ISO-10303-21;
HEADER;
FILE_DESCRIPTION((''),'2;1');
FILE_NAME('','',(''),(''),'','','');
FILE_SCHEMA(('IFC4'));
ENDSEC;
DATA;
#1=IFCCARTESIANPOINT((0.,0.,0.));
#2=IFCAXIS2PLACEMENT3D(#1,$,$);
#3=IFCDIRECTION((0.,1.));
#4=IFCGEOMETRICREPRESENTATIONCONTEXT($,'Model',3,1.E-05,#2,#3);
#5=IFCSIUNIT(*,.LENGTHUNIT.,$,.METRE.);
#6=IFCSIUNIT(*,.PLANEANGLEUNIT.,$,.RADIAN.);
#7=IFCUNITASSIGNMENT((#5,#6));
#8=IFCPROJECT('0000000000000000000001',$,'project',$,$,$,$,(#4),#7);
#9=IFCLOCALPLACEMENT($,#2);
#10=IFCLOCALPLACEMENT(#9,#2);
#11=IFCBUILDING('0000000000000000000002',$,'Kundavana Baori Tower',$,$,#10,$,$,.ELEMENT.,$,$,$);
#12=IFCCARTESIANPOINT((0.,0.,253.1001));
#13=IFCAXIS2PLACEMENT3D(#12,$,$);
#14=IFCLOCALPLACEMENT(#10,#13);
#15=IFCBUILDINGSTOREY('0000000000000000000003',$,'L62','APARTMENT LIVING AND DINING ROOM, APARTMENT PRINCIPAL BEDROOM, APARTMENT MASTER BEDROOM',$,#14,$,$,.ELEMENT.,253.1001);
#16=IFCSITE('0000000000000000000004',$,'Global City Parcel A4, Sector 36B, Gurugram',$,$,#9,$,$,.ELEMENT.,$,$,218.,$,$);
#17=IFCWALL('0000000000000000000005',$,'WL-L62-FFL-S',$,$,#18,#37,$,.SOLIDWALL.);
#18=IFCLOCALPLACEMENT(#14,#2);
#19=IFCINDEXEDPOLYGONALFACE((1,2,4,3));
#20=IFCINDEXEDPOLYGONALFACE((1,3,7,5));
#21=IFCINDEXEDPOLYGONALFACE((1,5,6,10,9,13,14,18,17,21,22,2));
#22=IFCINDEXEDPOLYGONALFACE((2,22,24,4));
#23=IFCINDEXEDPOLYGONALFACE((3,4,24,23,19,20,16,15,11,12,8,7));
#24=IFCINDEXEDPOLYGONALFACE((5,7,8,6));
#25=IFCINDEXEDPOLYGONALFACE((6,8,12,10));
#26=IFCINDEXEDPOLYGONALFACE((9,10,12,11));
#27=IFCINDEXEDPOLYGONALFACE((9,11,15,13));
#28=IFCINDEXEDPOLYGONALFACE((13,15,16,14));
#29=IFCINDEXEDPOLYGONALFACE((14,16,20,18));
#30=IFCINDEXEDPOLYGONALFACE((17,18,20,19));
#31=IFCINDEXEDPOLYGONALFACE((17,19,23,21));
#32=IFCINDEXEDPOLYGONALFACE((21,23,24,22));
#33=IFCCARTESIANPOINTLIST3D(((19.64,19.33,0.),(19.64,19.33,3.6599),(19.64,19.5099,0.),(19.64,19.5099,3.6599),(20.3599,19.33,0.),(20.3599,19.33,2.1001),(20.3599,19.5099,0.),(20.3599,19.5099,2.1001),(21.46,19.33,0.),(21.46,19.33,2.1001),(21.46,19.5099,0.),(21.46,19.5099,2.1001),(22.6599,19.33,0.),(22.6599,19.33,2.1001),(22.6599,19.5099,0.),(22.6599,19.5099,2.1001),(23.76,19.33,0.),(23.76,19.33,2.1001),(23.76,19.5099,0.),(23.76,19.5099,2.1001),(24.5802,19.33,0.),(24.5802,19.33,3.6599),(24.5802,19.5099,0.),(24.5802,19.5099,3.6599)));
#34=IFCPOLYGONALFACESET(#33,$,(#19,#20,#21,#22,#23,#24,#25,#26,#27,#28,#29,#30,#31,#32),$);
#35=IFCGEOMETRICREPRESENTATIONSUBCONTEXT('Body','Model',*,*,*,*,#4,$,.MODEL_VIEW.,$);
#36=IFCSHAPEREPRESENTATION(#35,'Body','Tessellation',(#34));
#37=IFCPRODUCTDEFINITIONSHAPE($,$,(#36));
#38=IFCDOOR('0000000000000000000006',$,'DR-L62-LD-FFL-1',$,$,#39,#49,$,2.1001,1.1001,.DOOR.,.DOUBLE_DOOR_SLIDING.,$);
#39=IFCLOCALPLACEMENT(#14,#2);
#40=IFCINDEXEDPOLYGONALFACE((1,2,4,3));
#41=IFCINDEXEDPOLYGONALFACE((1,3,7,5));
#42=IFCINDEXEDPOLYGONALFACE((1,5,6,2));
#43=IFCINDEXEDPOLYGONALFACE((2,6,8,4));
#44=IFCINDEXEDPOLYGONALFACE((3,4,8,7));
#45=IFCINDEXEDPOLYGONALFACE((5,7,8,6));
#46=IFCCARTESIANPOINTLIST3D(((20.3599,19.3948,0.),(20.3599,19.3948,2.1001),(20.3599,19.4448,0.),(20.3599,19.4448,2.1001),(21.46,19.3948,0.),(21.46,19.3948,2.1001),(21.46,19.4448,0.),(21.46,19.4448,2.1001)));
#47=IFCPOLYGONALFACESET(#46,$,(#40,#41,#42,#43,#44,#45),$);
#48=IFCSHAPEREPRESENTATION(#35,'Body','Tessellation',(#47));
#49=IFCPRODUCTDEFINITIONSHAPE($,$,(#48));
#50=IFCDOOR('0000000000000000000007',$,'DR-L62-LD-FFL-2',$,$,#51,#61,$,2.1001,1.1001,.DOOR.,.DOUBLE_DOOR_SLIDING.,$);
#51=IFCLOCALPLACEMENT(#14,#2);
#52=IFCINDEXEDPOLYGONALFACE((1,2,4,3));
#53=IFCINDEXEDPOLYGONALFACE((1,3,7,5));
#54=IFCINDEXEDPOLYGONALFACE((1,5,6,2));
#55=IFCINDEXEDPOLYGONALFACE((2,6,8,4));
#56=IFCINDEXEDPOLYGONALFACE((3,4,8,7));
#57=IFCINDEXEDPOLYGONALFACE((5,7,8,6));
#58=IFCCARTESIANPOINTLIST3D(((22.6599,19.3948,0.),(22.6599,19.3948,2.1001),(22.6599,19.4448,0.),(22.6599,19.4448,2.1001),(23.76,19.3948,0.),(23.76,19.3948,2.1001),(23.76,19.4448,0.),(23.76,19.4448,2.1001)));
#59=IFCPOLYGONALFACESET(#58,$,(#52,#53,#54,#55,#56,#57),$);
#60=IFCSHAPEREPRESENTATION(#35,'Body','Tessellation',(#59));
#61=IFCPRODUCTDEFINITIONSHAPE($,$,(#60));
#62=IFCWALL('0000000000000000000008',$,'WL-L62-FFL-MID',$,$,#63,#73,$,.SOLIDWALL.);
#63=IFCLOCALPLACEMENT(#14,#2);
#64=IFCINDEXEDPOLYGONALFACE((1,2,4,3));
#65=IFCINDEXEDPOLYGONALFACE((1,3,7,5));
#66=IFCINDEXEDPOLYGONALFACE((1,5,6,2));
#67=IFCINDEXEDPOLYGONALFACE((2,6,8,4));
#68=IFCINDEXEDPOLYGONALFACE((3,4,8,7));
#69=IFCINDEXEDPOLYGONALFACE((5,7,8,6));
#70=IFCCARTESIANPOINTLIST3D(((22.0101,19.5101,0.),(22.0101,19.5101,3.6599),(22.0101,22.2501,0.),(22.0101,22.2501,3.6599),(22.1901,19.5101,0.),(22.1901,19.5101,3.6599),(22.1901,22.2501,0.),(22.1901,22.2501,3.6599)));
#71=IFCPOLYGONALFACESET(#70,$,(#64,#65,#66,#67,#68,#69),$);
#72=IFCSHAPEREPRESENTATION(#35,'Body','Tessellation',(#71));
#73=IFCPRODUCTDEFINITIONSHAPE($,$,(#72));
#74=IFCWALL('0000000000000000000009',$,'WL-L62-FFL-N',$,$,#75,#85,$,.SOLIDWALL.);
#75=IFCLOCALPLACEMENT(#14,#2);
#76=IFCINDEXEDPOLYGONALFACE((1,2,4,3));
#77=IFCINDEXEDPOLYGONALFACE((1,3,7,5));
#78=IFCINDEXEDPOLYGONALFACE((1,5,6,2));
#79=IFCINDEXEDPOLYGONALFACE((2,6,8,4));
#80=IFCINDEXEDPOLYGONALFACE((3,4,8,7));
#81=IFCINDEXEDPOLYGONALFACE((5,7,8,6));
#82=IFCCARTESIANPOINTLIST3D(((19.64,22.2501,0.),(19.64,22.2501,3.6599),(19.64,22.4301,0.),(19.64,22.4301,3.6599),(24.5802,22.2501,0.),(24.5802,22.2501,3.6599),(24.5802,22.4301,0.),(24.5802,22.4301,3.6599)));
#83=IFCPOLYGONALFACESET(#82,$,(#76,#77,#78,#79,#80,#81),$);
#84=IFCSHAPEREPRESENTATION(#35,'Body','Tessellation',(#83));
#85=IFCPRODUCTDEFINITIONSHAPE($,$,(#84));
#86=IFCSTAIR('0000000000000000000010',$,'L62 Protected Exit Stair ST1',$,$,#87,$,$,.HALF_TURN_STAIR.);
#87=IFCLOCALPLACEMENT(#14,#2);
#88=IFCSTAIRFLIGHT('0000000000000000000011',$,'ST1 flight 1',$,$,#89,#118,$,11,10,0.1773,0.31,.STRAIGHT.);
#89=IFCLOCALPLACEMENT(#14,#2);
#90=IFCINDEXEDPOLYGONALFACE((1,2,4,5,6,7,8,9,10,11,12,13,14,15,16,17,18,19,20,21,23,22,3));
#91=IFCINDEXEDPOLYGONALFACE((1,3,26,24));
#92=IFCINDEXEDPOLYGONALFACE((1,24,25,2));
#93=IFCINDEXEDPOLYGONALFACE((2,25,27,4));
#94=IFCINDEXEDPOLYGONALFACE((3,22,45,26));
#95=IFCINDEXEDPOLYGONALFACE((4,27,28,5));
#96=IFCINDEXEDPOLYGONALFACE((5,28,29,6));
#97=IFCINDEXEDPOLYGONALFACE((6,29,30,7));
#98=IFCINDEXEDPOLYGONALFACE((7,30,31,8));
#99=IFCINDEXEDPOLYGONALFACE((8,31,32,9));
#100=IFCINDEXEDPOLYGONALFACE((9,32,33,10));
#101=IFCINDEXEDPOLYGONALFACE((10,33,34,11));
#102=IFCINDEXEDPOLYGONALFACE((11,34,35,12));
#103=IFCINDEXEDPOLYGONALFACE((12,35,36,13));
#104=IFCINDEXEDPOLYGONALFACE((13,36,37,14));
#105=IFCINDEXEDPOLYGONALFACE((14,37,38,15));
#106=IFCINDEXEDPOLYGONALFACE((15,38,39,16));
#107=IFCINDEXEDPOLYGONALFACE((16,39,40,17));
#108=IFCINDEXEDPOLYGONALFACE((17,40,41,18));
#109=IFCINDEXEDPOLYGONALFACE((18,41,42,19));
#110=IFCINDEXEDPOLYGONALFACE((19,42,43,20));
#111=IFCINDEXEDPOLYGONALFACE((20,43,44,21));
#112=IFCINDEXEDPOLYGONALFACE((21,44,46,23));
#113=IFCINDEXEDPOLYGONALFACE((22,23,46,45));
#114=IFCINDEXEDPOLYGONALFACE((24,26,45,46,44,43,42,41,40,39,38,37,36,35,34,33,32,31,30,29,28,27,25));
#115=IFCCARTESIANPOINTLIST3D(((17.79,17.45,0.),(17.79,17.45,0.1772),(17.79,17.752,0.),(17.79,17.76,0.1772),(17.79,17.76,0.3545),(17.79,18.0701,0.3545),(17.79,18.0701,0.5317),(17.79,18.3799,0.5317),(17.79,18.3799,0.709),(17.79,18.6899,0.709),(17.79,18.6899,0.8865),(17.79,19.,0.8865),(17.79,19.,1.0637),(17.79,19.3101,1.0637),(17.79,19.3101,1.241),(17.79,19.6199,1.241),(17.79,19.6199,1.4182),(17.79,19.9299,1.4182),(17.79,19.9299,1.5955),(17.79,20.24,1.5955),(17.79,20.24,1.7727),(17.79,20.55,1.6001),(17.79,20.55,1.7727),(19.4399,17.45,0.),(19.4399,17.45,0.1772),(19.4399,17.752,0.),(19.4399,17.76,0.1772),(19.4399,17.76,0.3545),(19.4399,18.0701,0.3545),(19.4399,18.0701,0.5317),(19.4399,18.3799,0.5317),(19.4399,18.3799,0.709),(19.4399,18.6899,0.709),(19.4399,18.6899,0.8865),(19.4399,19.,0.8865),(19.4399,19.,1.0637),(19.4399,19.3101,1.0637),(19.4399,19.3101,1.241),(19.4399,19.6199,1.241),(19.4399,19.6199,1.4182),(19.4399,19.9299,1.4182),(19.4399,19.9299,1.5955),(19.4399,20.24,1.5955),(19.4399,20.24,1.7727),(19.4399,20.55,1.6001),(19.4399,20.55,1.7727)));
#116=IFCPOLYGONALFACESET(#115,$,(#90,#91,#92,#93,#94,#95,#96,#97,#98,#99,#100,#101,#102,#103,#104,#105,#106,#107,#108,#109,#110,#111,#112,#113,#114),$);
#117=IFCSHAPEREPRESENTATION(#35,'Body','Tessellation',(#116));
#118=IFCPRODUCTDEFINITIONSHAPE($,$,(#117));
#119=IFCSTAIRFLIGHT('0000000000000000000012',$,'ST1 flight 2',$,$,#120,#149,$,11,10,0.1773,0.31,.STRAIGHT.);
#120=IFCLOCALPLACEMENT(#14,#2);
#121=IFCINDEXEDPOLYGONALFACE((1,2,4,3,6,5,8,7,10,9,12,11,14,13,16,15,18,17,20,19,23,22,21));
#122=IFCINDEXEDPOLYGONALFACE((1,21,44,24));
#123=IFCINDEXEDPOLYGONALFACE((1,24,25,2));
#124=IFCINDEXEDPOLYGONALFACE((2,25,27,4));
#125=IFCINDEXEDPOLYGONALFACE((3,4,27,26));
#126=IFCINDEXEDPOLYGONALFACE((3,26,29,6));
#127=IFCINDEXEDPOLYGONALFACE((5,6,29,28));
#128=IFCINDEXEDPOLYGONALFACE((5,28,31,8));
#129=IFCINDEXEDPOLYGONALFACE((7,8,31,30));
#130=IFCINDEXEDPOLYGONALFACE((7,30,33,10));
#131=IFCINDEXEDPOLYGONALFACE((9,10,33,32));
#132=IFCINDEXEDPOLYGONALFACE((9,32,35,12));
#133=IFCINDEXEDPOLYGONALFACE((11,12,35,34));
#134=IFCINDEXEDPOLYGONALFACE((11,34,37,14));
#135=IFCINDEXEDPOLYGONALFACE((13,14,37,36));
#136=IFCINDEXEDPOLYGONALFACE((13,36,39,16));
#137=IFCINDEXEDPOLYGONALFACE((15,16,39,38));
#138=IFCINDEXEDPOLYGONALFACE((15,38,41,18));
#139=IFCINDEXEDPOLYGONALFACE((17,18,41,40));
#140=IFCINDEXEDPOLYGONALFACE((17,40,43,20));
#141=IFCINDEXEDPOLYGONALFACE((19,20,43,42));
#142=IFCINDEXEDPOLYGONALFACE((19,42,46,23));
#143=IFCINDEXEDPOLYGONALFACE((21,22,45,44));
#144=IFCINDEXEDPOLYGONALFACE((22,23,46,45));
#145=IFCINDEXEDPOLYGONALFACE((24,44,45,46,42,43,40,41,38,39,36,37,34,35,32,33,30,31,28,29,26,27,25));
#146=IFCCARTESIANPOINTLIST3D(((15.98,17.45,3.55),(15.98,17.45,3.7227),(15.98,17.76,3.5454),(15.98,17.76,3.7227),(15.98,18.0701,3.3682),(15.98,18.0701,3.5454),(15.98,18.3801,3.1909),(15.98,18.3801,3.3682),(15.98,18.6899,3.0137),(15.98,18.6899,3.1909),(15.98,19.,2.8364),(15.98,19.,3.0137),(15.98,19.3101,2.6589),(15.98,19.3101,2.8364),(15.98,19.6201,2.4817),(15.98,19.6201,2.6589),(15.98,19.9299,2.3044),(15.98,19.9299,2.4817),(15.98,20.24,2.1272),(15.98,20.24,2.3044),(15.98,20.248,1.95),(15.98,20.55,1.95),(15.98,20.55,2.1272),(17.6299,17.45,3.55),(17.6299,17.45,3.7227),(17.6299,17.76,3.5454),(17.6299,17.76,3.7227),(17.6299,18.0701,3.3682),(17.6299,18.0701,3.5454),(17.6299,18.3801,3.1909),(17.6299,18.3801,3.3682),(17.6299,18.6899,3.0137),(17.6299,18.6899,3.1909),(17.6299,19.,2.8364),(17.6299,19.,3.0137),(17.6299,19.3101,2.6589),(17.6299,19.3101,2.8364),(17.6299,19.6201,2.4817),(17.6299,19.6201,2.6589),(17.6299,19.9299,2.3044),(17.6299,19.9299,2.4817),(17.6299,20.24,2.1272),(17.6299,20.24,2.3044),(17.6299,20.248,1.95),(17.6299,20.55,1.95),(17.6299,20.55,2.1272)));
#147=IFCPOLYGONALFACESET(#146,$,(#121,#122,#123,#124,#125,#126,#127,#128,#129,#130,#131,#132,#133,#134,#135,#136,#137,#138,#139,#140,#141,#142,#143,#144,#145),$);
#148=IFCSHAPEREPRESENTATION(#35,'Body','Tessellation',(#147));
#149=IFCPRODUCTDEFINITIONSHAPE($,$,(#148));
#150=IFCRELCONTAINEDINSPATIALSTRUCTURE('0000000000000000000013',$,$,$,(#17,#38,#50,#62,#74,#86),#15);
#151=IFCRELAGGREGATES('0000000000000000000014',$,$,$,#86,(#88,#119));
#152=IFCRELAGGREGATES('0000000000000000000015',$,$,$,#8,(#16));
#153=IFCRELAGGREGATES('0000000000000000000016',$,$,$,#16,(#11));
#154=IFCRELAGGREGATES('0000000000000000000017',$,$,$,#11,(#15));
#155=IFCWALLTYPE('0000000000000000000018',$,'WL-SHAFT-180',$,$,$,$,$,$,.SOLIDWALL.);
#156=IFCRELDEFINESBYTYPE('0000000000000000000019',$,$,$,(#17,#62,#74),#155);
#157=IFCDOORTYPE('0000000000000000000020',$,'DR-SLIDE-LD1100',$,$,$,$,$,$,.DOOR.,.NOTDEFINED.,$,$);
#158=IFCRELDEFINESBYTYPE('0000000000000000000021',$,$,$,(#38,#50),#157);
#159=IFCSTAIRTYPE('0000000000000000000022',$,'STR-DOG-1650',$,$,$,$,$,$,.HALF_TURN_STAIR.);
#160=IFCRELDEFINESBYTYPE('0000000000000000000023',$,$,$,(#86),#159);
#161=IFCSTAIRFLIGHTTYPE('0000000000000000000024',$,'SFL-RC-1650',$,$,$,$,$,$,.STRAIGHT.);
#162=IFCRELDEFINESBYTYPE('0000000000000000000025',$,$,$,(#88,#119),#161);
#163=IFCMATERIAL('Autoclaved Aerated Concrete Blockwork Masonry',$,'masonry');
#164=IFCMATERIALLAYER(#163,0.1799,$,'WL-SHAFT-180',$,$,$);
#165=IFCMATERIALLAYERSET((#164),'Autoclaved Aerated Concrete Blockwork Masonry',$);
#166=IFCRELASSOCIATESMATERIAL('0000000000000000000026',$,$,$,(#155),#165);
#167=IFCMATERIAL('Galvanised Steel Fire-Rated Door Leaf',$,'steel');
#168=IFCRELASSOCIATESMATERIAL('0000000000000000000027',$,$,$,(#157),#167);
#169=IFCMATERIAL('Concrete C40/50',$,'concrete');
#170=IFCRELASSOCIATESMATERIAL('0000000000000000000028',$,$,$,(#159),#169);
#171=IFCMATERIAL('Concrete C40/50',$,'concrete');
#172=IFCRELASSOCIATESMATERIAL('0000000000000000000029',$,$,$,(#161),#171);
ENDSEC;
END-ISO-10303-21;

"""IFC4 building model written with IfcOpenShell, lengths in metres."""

from ifc_helpers import new_model, si_unit, direction, frame, frame_2d, origin, place, context, subcontext, project, spatial, polyline, rectangle, outline, extrude, material, layer, layer_set, type_object, element, fill, aggregate, save


model = new_model("IFC4")

# Units and contexts
model_context = context("Model", 3, precision=1e-05, world=origin(), true_north=direction((0.0, 1.0)))
body_context = subcontext(model_context, "Body", "Model", "MODEL_VIEW")
ifc_project = project(units=[si_unit("LENGTHUNIT", "METRE"), si_unit("PLANEANGLEUNIT", "RADIAN")], contexts=[model_context])

# Site, building, storey
site_placement = place(None, origin())
site = spatial("IfcSite", under=ifc_project, at=site_placement, Name="Global City Parcel A4, Sector 36B, Gurugram", CompositionType="ELEMENT", RefElevation=218.0)
building_placement = place(site_placement, origin())
building = spatial("IfcBuilding", under=site, at=building_placement, Name="Kundavana Baori Tower", CompositionType="ELEMENT")
storey_placement = place(building_placement, frame((0.0, 0.0, 253.1001)))
storey = spatial("IfcBuildingStorey", under=building, at=storey_placement, Name="L62", Description="APARTMENT LIVING AND DINING ROOM, APARTMENT PRINCIPAL BEDROOM, APARTMENT MASTER BEDROOM", CompositionType="ELEMENT", Elevation=253.1001)

# Wall, openings, doors
ifc_material_1 = material(Name="Autoclaved Aerated Concrete Blockwork Masonry", Category="masonry")
ifc_layer_1 = layer(ifc_material_1, 0.1799, Name="WL-SHAFT-180")
ifc_layer_set_1 = layer_set([ifc_layer_1], Name="Autoclaved Aerated Concrete Blockwork Masonry")
wall_type_1 = type_object("IfcWallType", Name="WL-SHAFT-180", PredefinedType="SOLIDWALL", material=ifc_layer_set_1)
wall_1_placement = place(storey_placement, frame((19.6399, 19.4199, 0.0), z_axis=(0.0, 0.0, 1.0), x_axis=(1.0, 0.0, 0.0)))
wall_1 = element("IfcWall", 1, at=wall_1_placement, inside=storey, type_object=wall_type_1, Name="WL-L62-FFL-S", PredefinedType="SOLIDWALL", context=body_context, shape_type="SweptSolid", body=[
    extrude(rectangle(XDim=4.9402, YDim=0.1799, at=frame_2d((2.4702, 0.0))), origin(), (0.0, 0.0, 1.0), 3.6599),
])
opening_1_placement = place(wall_1_placement, frame((0.72, 0.0, 0.0)))
opening_1 = element("IfcOpeningElement", 2, at=opening_1_placement, cuts=wall_1, PredefinedType="OPENING", context=body_context, shape_type="SweptSolid", body=[
    extrude(rectangle(XDim=1.1001, YDim=2.1001, at=frame_2d((0.55, 1.05))), frame((0.0, 0.1001, 0.0), z_axis=(0.0, -1.0, 0.0), x_axis=(1.0, 0.0, 0.0)), (0.0, 0.0, 1.0), 0.2),
])
opening_2_placement = place(wall_1_placement, frame((3.02, 0.0, 0.0)))
opening_2 = element("IfcOpeningElement", 3, at=opening_2_placement, cuts=wall_1, PredefinedType="OPENING", context=body_context, shape_type="SweptSolid", body=[
    extrude(rectangle(XDim=1.1001, YDim=2.1001, at=frame_2d((0.55, 1.05))), frame((0.0, 0.1001, 0.0), z_axis=(0.0, -1.0, 0.0), x_axis=(1.0, 0.0, 0.0)), (0.0, 0.0, 1.0), 0.2),
])
ifc_material_2 = material(Name="Galvanised Steel Fire-Rated Door Leaf", Category="steel")
door_type_1 = type_object("IfcDoorType", Name="DR-SLIDE-LD1100", OperationType="NOTDEFINED", PredefinedType="DOOR", material=ifc_material_2)
door_1_placement = place(opening_1_placement, origin())
door_1 = element("IfcDoor", 4, at=door_1_placement, inside=storey, type_object=door_type_1, Name="DR-L62-LD-FFL-1", OperationType="DOUBLE_DOOR_SLIDING", OverallHeight=2.1001, OverallWidth=1.1001, PredefinedType="DOOR", context=body_context, shape_type="SweptSolid", body=[
    extrude(rectangle(XDim=1.1001, YDim=2.1001, at=frame_2d((0.55, 1.05))), frame((0.0, 0.0249, 0.0), z_axis=(0.0, -1.0, 0.0), x_axis=(1.0, 0.0, 0.0)), (0.0, 0.0, 1.0), 0.05),
])
fill(opening_1, door_1)
door_2_placement = place(opening_2_placement, origin())
door_2 = element("IfcDoor", 5, at=door_2_placement, inside=storey, type_object=door_type_1, Name="DR-L62-LD-FFL-2", OperationType="DOUBLE_DOOR_SLIDING", OverallHeight=2.1001, OverallWidth=1.1001, PredefinedType="DOOR", context=body_context, shape_type="SweptSolid", body=[
    extrude(rectangle(XDim=1.1001, YDim=2.1001, at=frame_2d((0.55, 1.05))), frame((0.0, 0.0249, 0.0), z_axis=(0.0, -1.0, 0.0), x_axis=(1.0, 0.0, 0.0)), (0.0, 0.0, 1.0), 0.05),
])
fill(opening_2, door_2)

# Walls
wall_2_placement = place(storey_placement, frame((22.1001, 19.51, 0.0), z_axis=(0.0, 0.0, 1.0), x_axis=(0.0, 1.0, 0.0)))
element("IfcWall", 6, at=wall_2_placement, inside=storey, type_object=wall_type_1, Name="WL-L62-FFL-MID", PredefinedType="SOLIDWALL", context=body_context, shape_type="SweptSolid", body=[
    extrude(rectangle(XDim=2.74, YDim=0.1799, at=frame_2d((1.3701, 0.0))), origin(), (0.0, 0.0, 1.0), 3.6599),
])
wall_3_placement = place(storey_placement, frame((19.6399, 22.3401, 0.0), z_axis=(0.0, 0.0, 1.0), x_axis=(1.0, 0.0, 0.0)))
element("IfcWall", 7, at=wall_3_placement, inside=storey, type_object=wall_type_1, Name="WL-L62-FFL-N", PredefinedType="SOLIDWALL", context=body_context, shape_type="SweptSolid", body=[
    extrude(rectangle(XDim=4.9402, YDim=0.1799, at=frame_2d((2.4702, 0.0))), origin(), (0.0, 0.0, 1.0), 3.6599),
])

# Stair, stair flights
ifc_material_3 = material(Name="Concrete C40/50", Category="concrete")
stair_type = type_object("IfcStairType", Name="STR-DOG-1650", PredefinedType="HALF_TURN_STAIR", material=ifc_material_3)
stair_placement = place(storey_placement, origin())
stair = element("IfcStair", 8, at=stair_placement, inside=storey, type_object=stair_type, Name="L62 Protected Exit Stair ST1", PredefinedType="HALF_TURN_STAIR")
ifc_material_4 = material(Name="Concrete C40/50", Category="concrete")
stair_flight_type = type_object("IfcStairFlightType", Name="SFL-RC-1650", PredefinedType="STRAIGHT", material=ifc_material_4)
stair_flight_1_placement = place(storey_placement, frame((18.615, 17.45, 0.0), z_axis=(0.0, 0.0, 1.0), x_axis=(0.0, 1.0, 0.0)))
stair_flight_1 = element("IfcStairFlight", 9, at=stair_flight_1_placement, type_object=stair_flight_type, Name="ST1 flight 1", NumberOfRisers=11, NumberOfTreads=10, PredefinedType="STRAIGHT", RiserHeight=0.1773, TreadLength=0.31, context=body_context, shape_type="SweptSolid", body=[
    extrude(outline(polyline([(0.0, 0.0), (0.0, 0.1772), (0.3101, 0.1772), (0.3101, 0.3545), (0.6201, 0.3545), (0.6201, 0.5317), (0.9299, 0.5317), (0.9299, 0.709), (1.24, 0.709), (1.24, 0.8865), (1.55, 0.8865), (1.55, 1.0637), (1.8601, 1.0637), (1.8601, 1.241), (2.1699, 1.241), (2.1699, 1.4182), (2.48, 1.4182), (2.48, 1.5955), (2.79, 1.5955), (2.79, 1.7727), (3.1001, 1.7727), (3.1001, 1.95), (3.1001, 1.6001), (0.302, 0.0), (0.0, 0.0)])), frame((0.0, 0.825, 0.0), z_axis=(0.0, -1.0, 0.0), x_axis=(1.0, 0.0, 0.0)), (0.0, 0.0, 1.0), 1.6499),
])
stair_flight_2_placement = place(storey_placement, frame((16.8049, 20.55, 1.95), z_axis=(0.0, 0.0, 1.0), x_axis=(0.0, -1.0, 0.0)))
stair_flight_2 = element("IfcStairFlight", 10, at=stair_flight_2_placement, type_object=stair_flight_type, Name="ST1 flight 2", NumberOfRisers=11, NumberOfTreads=10, PredefinedType="STRAIGHT", RiserHeight=0.1773, TreadLength=0.31, context=body_context, shape_type="SweptSolid", body=[
    extrude(outline(polyline([(0.0, 0.0), (0.0, 0.1772), (0.3101, 0.1772), (0.3101, 0.3545), (0.6201, 0.3545), (0.6201, 0.5317), (0.9299, 0.5317), (0.9299, 0.709), (1.24, 0.709), (1.24, 0.8865), (1.55, 0.8865), (1.55, 1.0637), (1.8601, 1.0637), (1.8601, 1.241), (2.1699, 1.241), (2.1699, 1.4182), (2.48, 1.4182), (2.48, 1.5955), (2.79, 1.5955), (2.79, 1.7727), (3.1001, 1.7727), (3.1001, 1.95), (3.1001, 1.6001), (0.302, 0.0), (0.0, 0.0)])), frame((0.0, 0.825, 0.0), z_axis=(0.0, -1.0, 0.0), x_axis=(1.0, 0.0, 0.0)), (0.0, 0.0, 1.0), 1.6499),
])
aggregate(stair, [stair_flight_1, stair_flight_2])

save(model, "model.ifc")
